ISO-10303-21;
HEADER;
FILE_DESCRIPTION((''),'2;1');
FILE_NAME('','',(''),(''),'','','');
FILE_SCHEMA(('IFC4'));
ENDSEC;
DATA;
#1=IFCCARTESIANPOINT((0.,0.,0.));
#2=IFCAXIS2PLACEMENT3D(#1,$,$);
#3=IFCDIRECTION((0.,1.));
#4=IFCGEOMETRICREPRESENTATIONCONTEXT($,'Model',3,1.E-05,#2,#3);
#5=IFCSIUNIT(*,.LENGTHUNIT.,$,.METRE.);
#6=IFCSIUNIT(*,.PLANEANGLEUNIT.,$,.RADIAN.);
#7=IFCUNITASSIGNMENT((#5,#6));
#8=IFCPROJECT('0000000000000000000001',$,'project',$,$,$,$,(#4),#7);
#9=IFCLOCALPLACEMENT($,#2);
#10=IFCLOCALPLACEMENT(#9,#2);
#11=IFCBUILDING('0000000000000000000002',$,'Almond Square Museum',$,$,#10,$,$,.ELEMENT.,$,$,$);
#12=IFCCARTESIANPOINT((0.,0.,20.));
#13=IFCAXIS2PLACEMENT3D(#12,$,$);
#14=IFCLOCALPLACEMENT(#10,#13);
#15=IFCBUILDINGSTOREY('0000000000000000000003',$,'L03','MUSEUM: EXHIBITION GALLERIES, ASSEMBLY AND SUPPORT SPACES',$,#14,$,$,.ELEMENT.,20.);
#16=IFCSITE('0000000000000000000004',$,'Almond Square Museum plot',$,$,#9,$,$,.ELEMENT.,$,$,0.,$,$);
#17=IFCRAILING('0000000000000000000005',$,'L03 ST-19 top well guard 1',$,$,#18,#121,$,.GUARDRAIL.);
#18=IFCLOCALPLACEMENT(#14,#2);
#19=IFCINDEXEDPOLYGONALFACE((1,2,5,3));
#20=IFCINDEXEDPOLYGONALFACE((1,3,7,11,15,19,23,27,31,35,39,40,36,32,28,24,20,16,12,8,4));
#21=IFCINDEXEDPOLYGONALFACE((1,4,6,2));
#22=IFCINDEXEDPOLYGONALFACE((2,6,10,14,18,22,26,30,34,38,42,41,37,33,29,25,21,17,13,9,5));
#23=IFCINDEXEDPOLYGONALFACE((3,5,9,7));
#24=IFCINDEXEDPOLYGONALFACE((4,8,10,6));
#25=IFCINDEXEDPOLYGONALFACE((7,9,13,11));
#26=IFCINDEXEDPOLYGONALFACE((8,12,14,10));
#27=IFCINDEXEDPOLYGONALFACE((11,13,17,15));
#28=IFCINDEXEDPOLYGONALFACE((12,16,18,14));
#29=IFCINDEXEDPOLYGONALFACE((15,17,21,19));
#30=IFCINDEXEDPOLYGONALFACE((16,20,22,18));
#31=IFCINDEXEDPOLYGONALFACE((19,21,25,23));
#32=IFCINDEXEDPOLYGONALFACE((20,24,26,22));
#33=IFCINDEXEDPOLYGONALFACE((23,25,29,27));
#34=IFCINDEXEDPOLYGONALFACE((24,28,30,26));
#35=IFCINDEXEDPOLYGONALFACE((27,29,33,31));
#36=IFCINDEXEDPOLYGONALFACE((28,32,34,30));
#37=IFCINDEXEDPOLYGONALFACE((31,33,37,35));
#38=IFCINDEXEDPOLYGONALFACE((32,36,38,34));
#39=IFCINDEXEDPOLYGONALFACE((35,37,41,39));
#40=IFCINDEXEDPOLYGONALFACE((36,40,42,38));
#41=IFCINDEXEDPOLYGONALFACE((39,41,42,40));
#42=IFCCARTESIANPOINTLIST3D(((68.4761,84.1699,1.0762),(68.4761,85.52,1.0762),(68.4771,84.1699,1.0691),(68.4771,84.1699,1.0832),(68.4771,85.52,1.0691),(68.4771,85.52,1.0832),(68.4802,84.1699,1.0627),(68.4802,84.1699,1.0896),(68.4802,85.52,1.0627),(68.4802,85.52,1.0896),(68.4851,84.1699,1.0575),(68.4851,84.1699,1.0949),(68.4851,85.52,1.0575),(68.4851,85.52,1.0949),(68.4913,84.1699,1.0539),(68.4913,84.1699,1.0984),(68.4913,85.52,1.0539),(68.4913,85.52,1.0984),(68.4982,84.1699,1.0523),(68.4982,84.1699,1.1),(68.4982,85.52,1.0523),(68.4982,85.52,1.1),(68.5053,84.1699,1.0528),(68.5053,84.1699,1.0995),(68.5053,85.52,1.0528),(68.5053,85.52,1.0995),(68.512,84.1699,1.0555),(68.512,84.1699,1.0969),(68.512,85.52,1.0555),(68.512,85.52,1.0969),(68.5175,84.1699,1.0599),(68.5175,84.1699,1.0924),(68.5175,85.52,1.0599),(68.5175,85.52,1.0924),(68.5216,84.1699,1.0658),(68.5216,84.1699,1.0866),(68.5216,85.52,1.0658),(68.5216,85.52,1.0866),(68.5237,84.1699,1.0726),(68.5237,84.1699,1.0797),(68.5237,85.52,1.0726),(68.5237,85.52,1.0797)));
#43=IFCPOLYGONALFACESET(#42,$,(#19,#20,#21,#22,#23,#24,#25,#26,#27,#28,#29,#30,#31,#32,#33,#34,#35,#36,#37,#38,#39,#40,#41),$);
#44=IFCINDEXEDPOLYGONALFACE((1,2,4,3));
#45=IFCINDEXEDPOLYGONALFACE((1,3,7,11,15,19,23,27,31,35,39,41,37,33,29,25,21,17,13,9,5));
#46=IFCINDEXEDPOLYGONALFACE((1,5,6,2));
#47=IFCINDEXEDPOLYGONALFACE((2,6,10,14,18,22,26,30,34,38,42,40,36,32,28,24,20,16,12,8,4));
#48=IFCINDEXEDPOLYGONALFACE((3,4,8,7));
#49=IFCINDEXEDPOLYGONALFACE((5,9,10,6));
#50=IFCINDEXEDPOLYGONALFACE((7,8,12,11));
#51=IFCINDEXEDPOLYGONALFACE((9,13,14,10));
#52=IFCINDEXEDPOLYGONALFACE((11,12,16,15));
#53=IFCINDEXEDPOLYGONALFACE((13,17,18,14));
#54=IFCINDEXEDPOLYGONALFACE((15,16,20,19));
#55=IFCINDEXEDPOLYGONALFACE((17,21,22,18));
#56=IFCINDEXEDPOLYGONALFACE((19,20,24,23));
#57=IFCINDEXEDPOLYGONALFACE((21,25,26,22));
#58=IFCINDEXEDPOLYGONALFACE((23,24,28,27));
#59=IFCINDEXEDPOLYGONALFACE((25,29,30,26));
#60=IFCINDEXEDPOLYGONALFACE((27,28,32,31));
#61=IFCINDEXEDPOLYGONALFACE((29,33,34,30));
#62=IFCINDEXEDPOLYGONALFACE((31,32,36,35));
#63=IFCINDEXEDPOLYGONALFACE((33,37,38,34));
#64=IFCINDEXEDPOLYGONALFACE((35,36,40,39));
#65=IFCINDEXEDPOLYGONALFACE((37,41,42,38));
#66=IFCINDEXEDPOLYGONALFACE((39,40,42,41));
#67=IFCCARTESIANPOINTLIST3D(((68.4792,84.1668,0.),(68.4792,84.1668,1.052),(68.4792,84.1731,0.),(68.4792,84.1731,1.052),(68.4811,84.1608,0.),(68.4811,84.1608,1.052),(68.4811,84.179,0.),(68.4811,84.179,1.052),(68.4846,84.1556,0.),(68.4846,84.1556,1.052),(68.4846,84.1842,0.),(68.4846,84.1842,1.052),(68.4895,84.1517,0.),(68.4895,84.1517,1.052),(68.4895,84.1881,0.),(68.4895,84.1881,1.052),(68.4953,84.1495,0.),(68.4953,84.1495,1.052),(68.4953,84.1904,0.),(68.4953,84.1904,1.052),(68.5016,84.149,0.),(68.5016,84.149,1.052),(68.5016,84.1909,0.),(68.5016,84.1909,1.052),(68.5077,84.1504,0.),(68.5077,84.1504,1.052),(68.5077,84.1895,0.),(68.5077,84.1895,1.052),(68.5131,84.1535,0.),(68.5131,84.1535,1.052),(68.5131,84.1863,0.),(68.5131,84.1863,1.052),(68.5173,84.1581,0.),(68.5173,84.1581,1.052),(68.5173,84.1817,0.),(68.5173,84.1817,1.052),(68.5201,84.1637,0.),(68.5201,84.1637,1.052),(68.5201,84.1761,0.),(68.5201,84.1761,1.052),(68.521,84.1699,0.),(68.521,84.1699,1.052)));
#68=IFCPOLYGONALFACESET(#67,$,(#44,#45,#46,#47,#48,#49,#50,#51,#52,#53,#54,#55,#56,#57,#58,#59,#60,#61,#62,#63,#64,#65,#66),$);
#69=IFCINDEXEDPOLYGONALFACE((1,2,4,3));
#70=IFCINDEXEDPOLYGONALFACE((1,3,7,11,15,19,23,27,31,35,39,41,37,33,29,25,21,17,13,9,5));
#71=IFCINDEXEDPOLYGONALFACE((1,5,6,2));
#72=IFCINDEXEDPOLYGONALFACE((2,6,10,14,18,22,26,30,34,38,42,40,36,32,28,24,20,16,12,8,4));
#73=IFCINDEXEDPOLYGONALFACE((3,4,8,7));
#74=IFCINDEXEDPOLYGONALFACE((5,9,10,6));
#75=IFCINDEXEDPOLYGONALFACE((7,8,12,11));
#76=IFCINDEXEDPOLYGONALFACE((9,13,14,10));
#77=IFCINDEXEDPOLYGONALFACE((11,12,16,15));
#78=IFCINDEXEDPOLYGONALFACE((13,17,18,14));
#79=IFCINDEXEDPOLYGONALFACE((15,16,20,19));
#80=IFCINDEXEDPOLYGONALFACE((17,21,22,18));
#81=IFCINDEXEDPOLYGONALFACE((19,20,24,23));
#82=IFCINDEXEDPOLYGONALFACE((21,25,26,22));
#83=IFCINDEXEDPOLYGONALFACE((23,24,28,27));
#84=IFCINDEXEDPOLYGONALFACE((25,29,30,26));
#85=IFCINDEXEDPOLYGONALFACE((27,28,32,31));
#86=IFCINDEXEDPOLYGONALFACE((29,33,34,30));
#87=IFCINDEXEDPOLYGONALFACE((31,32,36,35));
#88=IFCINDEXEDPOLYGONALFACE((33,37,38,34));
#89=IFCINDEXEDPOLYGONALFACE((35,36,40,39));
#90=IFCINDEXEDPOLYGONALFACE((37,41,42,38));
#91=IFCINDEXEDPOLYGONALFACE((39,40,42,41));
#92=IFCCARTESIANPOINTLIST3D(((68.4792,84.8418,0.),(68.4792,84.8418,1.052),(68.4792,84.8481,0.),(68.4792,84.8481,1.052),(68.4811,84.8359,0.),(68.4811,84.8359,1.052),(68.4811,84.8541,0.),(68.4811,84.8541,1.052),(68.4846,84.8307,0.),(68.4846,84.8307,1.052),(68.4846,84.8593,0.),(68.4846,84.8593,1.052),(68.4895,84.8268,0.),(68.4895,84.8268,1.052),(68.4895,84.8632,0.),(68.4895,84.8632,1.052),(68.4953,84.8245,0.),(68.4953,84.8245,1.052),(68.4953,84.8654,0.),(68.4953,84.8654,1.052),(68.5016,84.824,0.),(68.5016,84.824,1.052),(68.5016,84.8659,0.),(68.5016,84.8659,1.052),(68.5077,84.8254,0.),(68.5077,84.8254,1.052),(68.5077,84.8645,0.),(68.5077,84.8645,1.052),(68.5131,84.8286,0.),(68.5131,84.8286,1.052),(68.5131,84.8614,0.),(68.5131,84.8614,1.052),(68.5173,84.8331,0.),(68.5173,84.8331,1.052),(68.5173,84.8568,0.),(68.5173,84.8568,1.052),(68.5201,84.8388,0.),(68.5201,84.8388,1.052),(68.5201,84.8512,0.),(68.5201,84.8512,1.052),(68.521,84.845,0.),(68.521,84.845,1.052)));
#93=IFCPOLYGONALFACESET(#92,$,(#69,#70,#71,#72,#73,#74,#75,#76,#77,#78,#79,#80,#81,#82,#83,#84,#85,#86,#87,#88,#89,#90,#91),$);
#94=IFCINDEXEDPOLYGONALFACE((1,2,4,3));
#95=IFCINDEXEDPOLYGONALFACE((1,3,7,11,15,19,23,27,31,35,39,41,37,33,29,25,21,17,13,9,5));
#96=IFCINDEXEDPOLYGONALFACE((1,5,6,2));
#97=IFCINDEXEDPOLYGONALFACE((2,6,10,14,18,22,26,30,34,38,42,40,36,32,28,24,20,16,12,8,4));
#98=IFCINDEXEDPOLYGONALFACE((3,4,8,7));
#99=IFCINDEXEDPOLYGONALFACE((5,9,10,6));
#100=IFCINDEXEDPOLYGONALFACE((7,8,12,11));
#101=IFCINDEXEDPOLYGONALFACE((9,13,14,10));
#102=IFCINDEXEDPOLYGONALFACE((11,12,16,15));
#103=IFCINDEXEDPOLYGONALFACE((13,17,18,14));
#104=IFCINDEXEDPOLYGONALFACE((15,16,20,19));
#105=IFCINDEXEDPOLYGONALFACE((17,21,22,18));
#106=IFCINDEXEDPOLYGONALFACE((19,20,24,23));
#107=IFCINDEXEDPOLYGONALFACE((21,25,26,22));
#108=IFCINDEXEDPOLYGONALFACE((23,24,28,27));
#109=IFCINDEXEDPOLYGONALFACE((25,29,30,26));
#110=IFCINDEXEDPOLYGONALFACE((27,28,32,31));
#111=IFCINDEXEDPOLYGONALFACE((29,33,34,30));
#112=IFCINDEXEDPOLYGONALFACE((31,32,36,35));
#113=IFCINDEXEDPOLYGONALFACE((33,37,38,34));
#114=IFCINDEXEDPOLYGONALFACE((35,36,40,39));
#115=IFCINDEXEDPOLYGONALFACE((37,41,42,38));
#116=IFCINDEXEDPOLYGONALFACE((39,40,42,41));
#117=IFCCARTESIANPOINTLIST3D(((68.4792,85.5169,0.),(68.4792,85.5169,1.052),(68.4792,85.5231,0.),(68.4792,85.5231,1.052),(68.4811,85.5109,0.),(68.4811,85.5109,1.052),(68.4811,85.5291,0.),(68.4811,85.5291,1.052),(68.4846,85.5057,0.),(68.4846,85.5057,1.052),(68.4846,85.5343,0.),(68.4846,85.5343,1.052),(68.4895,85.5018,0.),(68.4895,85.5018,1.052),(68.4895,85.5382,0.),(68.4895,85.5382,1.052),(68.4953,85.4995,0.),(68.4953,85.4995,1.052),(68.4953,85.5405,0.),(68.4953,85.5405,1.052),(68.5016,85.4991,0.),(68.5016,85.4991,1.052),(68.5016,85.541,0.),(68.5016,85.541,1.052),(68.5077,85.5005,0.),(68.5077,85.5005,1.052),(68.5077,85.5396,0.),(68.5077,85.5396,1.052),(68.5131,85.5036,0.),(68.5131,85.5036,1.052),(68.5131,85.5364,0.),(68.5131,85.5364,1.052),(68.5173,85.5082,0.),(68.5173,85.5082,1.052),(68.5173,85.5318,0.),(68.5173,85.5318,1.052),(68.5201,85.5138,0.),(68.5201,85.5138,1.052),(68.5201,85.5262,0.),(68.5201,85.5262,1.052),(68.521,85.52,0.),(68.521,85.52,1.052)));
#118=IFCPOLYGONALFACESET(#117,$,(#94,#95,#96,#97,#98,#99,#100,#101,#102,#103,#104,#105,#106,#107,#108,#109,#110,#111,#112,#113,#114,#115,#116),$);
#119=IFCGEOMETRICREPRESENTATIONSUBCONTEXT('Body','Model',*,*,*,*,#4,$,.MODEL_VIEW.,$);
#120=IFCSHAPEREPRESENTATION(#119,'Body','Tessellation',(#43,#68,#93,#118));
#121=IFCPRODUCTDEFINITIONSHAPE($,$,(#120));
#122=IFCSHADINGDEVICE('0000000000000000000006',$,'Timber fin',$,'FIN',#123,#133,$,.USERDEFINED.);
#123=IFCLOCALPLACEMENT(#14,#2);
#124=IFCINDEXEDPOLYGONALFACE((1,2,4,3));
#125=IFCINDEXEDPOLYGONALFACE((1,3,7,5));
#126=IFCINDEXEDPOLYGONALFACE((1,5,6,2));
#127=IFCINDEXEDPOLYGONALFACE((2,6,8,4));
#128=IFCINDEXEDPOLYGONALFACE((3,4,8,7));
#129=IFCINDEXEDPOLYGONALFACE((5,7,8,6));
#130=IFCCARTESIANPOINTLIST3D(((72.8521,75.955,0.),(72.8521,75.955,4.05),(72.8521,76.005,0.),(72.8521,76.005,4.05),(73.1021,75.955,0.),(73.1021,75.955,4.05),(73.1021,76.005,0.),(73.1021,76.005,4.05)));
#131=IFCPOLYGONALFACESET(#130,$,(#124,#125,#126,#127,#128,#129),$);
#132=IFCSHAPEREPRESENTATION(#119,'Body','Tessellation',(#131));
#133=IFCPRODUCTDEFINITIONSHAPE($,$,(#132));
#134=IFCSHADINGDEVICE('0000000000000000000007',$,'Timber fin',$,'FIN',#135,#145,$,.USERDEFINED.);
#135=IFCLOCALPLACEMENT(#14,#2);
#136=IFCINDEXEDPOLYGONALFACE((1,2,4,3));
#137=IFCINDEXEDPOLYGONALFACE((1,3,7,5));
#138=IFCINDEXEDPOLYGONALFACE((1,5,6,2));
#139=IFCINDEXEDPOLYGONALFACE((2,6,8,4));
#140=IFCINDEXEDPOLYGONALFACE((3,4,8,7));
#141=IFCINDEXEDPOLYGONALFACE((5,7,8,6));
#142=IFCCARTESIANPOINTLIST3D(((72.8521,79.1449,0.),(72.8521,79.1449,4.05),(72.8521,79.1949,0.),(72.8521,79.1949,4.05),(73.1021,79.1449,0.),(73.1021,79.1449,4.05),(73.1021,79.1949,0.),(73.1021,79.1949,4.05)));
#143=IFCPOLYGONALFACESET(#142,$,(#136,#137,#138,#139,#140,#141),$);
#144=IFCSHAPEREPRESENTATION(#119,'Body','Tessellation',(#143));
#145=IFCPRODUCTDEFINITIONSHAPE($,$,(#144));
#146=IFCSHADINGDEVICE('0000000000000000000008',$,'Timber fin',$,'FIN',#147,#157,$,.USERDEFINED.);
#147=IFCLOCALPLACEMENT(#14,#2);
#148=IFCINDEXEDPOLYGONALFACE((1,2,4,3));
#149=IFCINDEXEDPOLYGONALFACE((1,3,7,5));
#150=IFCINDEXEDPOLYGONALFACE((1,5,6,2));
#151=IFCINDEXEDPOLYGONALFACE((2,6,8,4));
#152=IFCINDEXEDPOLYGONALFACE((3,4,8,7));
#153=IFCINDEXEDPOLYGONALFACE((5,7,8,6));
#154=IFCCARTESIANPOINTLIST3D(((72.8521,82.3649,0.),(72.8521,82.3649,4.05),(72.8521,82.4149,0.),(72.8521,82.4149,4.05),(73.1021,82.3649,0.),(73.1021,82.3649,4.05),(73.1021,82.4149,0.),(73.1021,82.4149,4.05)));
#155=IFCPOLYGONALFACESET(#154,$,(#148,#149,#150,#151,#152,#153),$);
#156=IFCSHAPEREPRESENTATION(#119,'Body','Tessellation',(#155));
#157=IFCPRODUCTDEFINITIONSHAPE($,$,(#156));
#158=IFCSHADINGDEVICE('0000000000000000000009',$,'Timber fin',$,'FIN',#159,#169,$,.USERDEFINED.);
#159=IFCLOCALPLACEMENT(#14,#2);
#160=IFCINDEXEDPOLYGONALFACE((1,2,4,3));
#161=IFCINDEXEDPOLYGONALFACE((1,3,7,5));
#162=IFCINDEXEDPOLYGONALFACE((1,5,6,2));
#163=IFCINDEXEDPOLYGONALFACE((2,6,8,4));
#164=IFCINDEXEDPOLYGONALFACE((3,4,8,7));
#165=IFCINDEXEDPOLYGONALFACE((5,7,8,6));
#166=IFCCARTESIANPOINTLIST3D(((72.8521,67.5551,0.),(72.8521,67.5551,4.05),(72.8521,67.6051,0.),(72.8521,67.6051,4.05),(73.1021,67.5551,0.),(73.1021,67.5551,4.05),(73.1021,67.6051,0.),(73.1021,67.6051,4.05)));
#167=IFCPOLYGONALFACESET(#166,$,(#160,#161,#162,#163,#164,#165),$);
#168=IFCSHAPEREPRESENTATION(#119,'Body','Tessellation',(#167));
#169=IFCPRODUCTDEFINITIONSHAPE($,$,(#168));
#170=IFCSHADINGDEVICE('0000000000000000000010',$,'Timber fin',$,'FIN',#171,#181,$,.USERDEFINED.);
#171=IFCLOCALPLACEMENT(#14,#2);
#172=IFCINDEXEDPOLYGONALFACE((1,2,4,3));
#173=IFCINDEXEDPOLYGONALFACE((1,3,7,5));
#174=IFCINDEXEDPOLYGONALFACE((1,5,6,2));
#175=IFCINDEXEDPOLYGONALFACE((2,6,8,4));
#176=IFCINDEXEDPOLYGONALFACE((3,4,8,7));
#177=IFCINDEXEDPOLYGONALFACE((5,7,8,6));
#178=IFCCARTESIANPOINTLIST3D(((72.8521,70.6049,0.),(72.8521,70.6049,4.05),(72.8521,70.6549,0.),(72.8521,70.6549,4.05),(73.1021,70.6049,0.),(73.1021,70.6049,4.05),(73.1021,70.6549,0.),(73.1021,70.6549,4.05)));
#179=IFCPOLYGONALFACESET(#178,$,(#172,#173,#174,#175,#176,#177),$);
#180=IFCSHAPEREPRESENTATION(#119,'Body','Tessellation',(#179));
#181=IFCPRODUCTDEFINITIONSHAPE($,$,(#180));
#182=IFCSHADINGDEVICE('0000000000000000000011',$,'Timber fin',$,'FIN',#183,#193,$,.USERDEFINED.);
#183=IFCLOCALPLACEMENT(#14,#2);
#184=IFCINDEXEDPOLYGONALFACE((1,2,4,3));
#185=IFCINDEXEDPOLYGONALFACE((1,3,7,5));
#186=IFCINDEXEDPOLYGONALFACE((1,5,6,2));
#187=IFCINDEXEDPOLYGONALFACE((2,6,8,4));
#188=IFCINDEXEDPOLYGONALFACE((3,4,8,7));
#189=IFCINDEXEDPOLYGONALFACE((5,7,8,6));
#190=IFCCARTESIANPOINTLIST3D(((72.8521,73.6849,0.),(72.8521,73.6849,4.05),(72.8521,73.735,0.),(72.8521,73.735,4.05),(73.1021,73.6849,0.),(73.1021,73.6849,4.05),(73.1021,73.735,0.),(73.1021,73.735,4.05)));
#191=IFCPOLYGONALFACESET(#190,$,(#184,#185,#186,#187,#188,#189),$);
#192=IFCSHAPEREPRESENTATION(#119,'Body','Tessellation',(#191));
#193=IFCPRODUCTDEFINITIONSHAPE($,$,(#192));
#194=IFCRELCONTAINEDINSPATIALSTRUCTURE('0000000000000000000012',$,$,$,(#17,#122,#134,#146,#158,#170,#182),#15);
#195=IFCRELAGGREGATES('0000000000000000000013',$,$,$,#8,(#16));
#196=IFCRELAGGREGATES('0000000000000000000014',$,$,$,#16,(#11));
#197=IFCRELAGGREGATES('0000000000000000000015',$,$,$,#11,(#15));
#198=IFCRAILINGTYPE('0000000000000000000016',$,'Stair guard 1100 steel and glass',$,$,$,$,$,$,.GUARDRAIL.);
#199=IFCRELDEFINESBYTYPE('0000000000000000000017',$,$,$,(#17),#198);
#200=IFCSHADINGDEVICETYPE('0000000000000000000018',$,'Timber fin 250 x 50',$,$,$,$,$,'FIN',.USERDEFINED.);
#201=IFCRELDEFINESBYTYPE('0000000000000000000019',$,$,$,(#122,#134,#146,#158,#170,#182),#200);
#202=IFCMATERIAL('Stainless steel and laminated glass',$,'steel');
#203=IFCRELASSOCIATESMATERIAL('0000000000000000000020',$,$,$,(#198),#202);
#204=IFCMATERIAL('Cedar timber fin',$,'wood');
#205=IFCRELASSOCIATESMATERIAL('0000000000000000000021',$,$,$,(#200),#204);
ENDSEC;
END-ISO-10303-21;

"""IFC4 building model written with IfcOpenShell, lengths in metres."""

from ifc_helpers import new_model, si_unit, direction, frame, origin, origin_2d, place, context, subcontext, project, spatial, rectangle, circle, extrude, material, material_profile, profile_set, type_object, element, save


model = new_model("IFC4")

# Units and contexts
model_context = context("Model", 3, precision=1e-05, world=origin(), true_north=direction((0.0, 1.0)))
body_context = subcontext(model_context, "Body", "Model", "MODEL_VIEW")
ifc_project = project(units=[si_unit("LENGTHUNIT", "METRE"), si_unit("PLANEANGLEUNIT", "RADIAN")], contexts=[model_context])

# Site, building, storey
site_placement = place(None, origin())
site = spatial("IfcSite", under=ifc_project, at=site_placement, Name="Almond Square Museum plot", CompositionType="ELEMENT", RefElevation=0.0)
building_placement = place(site_placement, origin())
building = spatial("IfcBuilding", under=site, at=building_placement, Name="Almond Square Museum", CompositionType="ELEMENT")
storey_placement = place(building_placement, frame((0.0, 0.0, 20.0)))
storey = spatial("IfcBuildingStorey", under=building, at=storey_placement, Name="L03", Description="MUSEUM: EXHIBITION GALLERIES, ASSEMBLY AND SUPPORT SPACES", CompositionType="ELEMENT", Elevation=20.0)

# Railing
ifc_material_1 = material(Name="Stainless steel and laminated glass", Category="steel")
railing_type = type_object("IfcRailingType", Name="Stair guard 1100 steel and glass", PredefinedType="GUARDRAIL", material=ifc_material_1)
railing_placement = place(storey_placement, frame((68.5, 84.1699, 0.0)))
element("IfcRailing", 1, at=railing_placement, inside=storey, type_object=railing_type, Name="L03 ST-19 top well guard 1", PredefinedType="GUARDRAIL", context=body_context, shape_type="SweptSolid", body=[
    extrude(circle(Radius=0.0239, at=origin_2d()), frame((0.0, 0.0, 1.0762), z_axis=(0.0, 1.0, 0.0), x_axis=(-1.0, 0.0, 0.0)), (0.0, 0.0, 1.0), 1.3501),
    extrude(circle(Radius=0.021, at=origin_2d()), origin(), (0.0, 0.0, 1.0), 1.052),
    extrude(circle(Radius=0.021, at=origin_2d()), frame((0.0, 0.675, 0.0)), (0.0, 0.0, 1.0), 1.052),
    extrude(circle(Radius=0.021, at=origin_2d()), frame((0.0, 1.3501, 0.0)), (0.0, 0.0, 1.0), 1.052),
])

# Shading devices
ifc_material_2 = material(Name="Cedar timber fin", Category="wood")
ifc_material_profile_1 = material_profile(ifc_material_2, rectangle(XDim=0.25, YDim=0.05, at=origin_2d()))
ifc_profile_set_1 = profile_set([ifc_material_profile_1], Name="Cedar timber fin")
shading_device_type = type_object("IfcShadingDeviceType", Name="Timber fin 250 x 50", ElementType="FIN", PredefinedType="USERDEFINED", material=ifc_profile_set_1)
for number, where, z_axis, x_axis, name in (
    (2, (72.9771, 75.98, 0.0), (0.0, 0.0, 1.0), (-1.0, 0.0, 0.0), "Timber fin"),
    (3, (72.9771, 79.1699, 0.0), (0.0, 0.0, 1.0), (-1.0, 0.0, 0.0), "Timber fin"),
    (4, (72.9771, 82.3899, 0.0), (0.0, 0.0, 1.0), (-1.0, 0.0, 0.0), "Timber fin"),
    (5, (72.9771, 67.5801, 0.0), (0.0, 0.0, 1.0), (-1.0, 0.0, 0.0), "Timber fin"),
    (6, (72.9771, 70.6299, 0.0), (0.0, 0.0, 1.0), (-1.0, 0.0, 0.0), "Timber fin"),
    (7, (72.9771, 73.71, 0.0), (0.0, 0.0, 1.0), (-1.0, 0.0, 0.0), "Timber fin"),
):
    element("IfcShadingDevice", number, at=place(storey_placement, frame(where, z_axis=z_axis, x_axis=x_axis)), inside=storey, type_object=shading_device_type, Name=name, ObjectType="FIN", PredefinedType="USERDEFINED", context=body_context, shape_type="SweptSolid", body=[
        extrude(rectangle(XDim=0.25, YDim=0.05, at=origin_2d()), origin(), (0.0, 0.0, 1.0), 4.05),
    ])

save(model, "model.ifc")
